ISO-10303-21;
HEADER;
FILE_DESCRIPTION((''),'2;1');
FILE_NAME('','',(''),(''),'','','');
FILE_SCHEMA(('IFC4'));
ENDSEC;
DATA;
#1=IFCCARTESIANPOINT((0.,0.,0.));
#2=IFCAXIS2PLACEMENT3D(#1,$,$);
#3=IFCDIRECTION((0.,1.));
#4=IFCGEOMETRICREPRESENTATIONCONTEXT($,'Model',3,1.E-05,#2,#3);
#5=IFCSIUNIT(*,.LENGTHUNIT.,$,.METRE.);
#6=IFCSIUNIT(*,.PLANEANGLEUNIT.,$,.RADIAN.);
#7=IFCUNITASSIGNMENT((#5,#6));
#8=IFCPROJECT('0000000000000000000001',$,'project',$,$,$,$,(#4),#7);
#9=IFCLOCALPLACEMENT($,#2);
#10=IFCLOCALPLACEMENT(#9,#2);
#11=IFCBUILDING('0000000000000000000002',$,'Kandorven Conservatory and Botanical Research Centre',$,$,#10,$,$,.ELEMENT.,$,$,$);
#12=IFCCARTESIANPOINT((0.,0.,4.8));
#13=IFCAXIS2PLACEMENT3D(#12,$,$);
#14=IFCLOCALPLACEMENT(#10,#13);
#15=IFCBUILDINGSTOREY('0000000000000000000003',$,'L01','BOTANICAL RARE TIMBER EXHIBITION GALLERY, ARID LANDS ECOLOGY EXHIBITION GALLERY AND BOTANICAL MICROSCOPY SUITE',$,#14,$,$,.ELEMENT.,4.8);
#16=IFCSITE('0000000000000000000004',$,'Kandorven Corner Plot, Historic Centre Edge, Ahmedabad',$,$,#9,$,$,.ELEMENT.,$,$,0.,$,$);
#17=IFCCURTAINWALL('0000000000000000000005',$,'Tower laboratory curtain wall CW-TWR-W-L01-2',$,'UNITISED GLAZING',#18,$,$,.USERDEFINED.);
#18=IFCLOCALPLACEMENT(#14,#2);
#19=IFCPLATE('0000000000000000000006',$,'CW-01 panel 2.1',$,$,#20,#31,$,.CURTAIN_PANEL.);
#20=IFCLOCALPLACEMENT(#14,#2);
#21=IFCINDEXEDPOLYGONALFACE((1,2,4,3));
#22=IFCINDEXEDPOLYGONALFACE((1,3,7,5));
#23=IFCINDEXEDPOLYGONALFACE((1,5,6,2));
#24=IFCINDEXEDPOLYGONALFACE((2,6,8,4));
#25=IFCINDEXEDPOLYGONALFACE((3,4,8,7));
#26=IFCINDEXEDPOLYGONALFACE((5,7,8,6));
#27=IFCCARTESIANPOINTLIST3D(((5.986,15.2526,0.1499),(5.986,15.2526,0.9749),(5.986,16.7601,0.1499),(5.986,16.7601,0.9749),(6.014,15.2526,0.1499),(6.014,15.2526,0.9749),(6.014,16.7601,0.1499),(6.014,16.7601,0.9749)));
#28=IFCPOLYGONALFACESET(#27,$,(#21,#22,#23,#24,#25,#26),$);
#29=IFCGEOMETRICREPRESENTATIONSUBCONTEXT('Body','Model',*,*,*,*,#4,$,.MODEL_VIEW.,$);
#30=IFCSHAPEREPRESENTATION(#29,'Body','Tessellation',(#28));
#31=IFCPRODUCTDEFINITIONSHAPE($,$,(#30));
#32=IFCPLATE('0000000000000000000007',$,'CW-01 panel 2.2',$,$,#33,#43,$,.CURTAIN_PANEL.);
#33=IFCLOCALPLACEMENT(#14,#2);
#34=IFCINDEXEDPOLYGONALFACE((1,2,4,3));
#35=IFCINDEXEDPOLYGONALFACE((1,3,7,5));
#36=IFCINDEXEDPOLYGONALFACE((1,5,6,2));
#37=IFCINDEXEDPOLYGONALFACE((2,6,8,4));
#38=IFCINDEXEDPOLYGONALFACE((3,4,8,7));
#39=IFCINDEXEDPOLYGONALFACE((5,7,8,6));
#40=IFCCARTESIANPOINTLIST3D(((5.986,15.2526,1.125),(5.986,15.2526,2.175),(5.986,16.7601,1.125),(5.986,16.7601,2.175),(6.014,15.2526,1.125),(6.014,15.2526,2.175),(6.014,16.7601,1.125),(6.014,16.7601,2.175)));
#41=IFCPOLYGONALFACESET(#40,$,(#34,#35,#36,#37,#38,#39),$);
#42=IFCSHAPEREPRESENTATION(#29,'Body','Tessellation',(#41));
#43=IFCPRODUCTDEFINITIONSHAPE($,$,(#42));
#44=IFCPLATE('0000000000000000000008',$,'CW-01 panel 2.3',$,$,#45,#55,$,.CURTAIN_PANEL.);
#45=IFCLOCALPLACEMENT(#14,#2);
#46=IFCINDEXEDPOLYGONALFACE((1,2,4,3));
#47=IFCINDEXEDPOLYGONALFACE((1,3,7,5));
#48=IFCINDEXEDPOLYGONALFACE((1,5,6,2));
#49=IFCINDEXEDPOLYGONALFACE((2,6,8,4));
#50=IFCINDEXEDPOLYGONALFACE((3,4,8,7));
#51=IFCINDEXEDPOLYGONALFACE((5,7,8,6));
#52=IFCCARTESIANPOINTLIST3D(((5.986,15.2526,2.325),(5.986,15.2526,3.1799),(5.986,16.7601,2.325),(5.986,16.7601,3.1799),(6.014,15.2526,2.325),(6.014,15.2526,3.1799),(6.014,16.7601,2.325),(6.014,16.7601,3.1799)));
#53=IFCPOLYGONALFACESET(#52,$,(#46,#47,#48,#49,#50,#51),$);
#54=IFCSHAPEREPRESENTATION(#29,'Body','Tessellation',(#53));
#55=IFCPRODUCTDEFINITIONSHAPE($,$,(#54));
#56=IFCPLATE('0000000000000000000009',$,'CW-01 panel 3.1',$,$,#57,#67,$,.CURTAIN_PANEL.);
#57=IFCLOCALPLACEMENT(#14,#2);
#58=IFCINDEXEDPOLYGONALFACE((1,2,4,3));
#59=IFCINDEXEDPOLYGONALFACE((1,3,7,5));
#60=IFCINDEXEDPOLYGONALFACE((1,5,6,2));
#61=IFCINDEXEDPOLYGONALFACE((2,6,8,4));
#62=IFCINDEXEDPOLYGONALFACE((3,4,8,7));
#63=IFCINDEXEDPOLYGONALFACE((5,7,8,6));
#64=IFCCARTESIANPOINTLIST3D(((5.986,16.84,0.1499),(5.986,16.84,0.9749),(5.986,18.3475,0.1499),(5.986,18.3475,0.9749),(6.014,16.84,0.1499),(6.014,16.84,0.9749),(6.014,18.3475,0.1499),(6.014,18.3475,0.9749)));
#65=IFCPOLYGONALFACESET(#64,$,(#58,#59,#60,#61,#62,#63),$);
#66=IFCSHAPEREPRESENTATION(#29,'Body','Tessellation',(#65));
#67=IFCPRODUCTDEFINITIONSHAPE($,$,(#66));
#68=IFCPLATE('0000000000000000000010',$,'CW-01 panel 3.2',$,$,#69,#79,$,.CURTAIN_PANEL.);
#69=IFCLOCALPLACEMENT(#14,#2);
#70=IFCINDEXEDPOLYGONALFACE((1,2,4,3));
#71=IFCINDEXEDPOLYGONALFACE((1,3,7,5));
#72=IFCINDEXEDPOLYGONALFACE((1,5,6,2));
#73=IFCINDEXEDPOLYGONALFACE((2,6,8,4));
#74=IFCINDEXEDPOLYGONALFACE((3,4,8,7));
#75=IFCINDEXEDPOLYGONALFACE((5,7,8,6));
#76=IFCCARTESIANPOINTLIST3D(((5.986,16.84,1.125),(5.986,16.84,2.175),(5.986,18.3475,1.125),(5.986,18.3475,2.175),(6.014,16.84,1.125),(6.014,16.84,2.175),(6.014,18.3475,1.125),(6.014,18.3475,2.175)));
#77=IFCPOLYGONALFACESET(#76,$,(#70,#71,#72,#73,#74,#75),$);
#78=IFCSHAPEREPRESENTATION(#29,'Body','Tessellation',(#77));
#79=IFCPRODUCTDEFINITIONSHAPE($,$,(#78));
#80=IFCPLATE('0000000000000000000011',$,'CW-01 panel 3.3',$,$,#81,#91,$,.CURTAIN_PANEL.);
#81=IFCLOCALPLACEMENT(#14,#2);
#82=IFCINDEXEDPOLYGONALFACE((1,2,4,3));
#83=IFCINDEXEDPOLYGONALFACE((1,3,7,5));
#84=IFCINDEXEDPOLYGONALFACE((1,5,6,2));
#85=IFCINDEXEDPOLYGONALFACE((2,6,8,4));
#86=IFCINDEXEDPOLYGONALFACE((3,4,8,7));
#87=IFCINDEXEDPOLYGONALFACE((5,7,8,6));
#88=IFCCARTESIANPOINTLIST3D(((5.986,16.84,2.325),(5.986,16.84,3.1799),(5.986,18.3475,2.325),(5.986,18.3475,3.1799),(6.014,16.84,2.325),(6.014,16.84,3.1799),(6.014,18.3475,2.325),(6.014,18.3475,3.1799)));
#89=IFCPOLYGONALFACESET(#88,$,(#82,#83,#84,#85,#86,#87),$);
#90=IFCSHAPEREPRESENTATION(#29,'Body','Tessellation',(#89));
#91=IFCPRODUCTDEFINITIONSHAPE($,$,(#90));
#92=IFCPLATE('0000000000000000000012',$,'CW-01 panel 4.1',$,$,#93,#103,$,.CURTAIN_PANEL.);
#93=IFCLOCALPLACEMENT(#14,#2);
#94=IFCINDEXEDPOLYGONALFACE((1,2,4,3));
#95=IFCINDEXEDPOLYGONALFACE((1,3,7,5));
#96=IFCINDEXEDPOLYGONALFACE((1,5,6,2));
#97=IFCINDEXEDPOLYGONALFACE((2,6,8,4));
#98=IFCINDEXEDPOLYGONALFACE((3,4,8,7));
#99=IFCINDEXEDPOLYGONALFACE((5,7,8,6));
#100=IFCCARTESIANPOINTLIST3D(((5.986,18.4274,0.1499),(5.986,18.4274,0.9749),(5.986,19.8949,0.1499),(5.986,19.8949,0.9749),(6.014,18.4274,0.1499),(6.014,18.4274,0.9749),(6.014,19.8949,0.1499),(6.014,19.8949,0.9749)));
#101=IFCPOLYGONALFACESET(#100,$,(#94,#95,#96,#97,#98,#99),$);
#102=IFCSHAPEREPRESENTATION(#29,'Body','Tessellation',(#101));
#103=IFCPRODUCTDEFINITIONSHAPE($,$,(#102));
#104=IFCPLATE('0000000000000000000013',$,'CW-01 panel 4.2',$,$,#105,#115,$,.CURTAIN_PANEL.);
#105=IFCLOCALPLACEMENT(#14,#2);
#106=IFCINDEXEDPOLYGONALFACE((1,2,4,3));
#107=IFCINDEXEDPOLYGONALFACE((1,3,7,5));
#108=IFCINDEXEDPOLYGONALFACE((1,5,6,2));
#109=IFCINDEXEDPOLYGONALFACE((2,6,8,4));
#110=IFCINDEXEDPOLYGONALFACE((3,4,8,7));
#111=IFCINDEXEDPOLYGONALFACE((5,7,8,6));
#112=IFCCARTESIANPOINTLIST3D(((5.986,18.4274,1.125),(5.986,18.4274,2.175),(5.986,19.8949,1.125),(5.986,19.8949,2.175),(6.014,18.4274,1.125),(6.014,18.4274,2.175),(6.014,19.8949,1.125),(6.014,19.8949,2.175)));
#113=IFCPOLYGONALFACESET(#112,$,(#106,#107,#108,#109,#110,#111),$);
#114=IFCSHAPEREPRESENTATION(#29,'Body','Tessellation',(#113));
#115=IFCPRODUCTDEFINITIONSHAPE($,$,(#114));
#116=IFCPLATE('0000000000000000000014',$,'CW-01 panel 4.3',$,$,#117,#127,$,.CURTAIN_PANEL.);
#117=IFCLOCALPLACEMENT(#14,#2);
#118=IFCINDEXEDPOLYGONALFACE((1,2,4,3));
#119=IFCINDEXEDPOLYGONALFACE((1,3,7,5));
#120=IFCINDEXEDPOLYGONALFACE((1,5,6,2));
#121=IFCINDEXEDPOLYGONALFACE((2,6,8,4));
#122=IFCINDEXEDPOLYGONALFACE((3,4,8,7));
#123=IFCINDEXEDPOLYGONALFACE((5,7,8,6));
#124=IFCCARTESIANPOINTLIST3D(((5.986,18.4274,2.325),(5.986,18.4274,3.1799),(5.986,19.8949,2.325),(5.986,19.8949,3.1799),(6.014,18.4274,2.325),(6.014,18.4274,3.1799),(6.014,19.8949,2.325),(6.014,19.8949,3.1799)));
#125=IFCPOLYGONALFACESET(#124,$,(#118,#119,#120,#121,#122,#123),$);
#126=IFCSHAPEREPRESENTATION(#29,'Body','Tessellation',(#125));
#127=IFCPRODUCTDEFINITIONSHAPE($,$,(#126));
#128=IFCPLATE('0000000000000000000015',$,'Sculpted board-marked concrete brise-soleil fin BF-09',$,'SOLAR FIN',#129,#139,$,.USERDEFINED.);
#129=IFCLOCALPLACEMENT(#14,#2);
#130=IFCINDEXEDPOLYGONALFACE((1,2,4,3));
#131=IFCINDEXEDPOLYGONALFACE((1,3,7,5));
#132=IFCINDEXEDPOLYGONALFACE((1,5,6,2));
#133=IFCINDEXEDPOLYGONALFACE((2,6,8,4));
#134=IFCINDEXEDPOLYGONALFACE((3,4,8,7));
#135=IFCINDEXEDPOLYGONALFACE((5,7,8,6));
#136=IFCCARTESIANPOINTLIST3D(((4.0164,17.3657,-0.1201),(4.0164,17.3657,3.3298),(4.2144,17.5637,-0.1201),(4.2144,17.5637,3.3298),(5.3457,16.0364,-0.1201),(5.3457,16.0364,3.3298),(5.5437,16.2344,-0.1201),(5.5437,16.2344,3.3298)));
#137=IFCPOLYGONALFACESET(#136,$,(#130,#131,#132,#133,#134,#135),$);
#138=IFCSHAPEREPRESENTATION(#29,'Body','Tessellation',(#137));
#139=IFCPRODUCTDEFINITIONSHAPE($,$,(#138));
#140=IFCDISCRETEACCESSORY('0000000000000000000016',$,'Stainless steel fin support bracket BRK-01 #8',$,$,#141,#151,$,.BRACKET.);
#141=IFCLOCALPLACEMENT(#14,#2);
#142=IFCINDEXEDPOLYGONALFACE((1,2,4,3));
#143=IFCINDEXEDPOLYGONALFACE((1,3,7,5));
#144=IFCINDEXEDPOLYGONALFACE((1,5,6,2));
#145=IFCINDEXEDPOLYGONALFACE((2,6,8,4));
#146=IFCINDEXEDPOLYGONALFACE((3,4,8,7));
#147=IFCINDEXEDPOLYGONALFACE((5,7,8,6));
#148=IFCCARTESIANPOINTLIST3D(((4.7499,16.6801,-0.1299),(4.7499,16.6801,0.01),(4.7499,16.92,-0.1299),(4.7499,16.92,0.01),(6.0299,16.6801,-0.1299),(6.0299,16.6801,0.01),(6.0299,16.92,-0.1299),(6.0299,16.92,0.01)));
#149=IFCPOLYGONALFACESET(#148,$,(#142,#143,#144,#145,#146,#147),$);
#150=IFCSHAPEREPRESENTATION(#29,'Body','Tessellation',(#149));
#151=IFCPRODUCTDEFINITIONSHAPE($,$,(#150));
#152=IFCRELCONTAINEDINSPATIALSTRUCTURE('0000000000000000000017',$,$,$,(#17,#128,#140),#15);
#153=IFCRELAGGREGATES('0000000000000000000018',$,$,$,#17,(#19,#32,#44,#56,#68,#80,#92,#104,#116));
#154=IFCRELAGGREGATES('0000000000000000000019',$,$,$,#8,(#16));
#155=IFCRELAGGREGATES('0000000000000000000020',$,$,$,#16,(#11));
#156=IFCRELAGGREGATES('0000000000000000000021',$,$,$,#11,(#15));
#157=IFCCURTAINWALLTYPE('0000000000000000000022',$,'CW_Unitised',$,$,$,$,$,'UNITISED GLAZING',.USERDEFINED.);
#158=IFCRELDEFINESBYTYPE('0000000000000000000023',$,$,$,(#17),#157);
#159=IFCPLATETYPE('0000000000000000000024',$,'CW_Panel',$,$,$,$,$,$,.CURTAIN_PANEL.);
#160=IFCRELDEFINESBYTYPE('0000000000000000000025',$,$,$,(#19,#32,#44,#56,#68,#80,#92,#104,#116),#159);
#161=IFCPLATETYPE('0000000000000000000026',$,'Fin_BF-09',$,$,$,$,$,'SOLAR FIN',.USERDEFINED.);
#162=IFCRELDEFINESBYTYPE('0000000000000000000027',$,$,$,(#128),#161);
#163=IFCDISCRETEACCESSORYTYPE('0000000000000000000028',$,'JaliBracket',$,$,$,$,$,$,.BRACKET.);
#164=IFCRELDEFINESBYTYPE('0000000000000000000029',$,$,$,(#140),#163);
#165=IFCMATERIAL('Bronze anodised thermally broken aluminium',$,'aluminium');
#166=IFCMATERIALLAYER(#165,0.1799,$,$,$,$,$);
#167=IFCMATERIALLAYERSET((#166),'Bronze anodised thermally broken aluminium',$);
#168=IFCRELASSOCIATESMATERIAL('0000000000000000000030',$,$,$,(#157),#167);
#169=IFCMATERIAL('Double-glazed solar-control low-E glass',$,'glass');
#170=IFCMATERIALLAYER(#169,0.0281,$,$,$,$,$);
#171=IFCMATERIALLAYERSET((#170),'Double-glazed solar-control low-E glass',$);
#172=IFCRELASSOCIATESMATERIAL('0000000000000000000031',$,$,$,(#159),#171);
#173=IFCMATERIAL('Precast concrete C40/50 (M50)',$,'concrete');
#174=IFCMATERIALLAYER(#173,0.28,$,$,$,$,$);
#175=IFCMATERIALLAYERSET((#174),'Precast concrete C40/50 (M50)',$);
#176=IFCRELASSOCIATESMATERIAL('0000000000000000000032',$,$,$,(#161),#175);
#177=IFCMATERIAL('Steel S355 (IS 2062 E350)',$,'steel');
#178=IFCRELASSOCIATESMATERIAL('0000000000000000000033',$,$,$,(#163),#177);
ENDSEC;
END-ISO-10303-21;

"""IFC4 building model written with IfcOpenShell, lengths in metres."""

from ifc_helpers import new_model, si_unit, direction, frame, origin, origin_2d, place, context, subcontext, project, spatial, rectangle, extrude, material, layer, layer_set, type_object, element, aggregate, save


model = new_model("IFC4")

# Units and contexts
model_context = context("Model", 3, precision=1e-05, world=origin(), true_north=direction((0.0, 1.0)))
body_context = subcontext(model_context, "Body", "Model", "MODEL_VIEW")
ifc_project = project(units=[si_unit("LENGTHUNIT", "METRE"), si_unit("PLANEANGLEUNIT", "RADIAN")], contexts=[model_context])

# Site, building, storey
site_placement = place(None, origin())
site = spatial("IfcSite", under=ifc_project, at=site_placement, Name="Kandorven Corner Plot, Historic Centre Edge, Ahmedabad", CompositionType="ELEMENT", RefElevation=0.0)
building_placement = place(site_placement, origin())
building = spatial("IfcBuilding", under=site, at=building_placement, Name="Kandorven Conservatory and Botanical Research Centre", CompositionType="ELEMENT")
storey_placement = place(building_placement, frame((0.0, 0.0, 4.8)))
storey = spatial("IfcBuildingStorey", under=building, at=storey_placement, Name="L01", Description="BOTANICAL RARE TIMBER EXHIBITION GALLERY, ARID LANDS ECOLOGY EXHIBITION GALLERY AND BOTANICAL MICROSCOPY SUITE", CompositionType="ELEMENT", Elevation=4.8)

# Curtain wall, plates
ifc_material_1 = material(Name="Bronze anodised thermally broken aluminium", Category="aluminium")
ifc_layer_1 = layer(ifc_material_1, 0.1799)
ifc_layer_set_1 = layer_set([ifc_layer_1], Name="Bronze anodised thermally broken aluminium")
curtain_wall_type = type_object("IfcCurtainWallType", Name="CW_Unitised", ElementType="UNITISED GLAZING", PredefinedType="USERDEFINED", material=ifc_layer_set_1)
curtain_wall_placement = place(storey_placement, origin())
curtain_wall = element("IfcCurtainWall", 1, at=curtain_wall_placement, inside=storey, type_object=curtain_wall_type, Name="Tower laboratory curtain wall CW-TWR-W-L01-2", ObjectType="UNITISED GLAZING", PredefinedType="USERDEFINED")
ifc_material_2 = material(Name="Double-glazed solar-control low-E glass", Category="glass")
ifc_layer_2 = layer(ifc_material_2, 0.0281)
ifc_layer_set_2 = layer_set([ifc_layer_2], Name="Double-glazed solar-control low-E glass")
plate_type_1 = type_object("IfcPlateType", Name="CW_Panel", PredefinedType="CURTAIN_PANEL", material=ifc_layer_set_2)
plate_1_placement = place(storey_placement, frame((6.0, 16.0063, 0.1499), z_axis=(0.0, 0.0, 1.0), x_axis=(0.0, 1.0, 0.0)))
plate_1 = element("IfcPlate", 2, at=plate_1_placement, type_object=plate_type_1, Name="CW-01 panel 2.1", PredefinedType="CURTAIN_PANEL", context=body_context, shape_type="SweptSolid", body=[
    extrude(rectangle(XDim=1.5076, YDim=0.0281, at=origin_2d()), origin(), (0.0, 0.0, 1.0), 0.825),
])
plate_2_placement = place(storey_placement, frame((6.0, 16.0063, 1.125), z_axis=(0.0, 0.0, 1.0), x_axis=(0.0, 1.0, 0.0)))
plate_2 = element("IfcPlate", 3, at=plate_2_placement, type_object=plate_type_1, Name="CW-01 panel 2.2", PredefinedType="CURTAIN_PANEL", context=body_context, shape_type="SweptSolid", body=[
    extrude(rectangle(XDim=1.5076, YDim=0.0281, at=origin_2d()), origin(), (0.0, 0.0, 1.0), 1.05),
])
plate_3_placement = place(storey_placement, frame((6.0, 16.0063, 2.325), z_axis=(0.0, 0.0, 1.0), x_axis=(0.0, 1.0, 0.0)))
plate_3 = element("IfcPlate", 4, at=plate_3_placement, type_object=plate_type_1, Name="CW-01 panel 2.3", PredefinedType="CURTAIN_PANEL", context=body_context, shape_type="SweptSolid", body=[
    extrude(rectangle(XDim=1.5076, YDim=0.0281, at=origin_2d()), origin(), (0.0, 0.0, 1.0), 0.855),
])
plate_4_placement = place(storey_placement, frame((6.0, 17.5938, 0.1499), z_axis=(0.0, 0.0, 1.0), x_axis=(0.0, 1.0, 0.0)))
plate_4 = element("IfcPlate", 5, at=plate_4_placement, type_object=plate_type_1, Name="CW-01 panel 3.1", PredefinedType="CURTAIN_PANEL", context=body_context, shape_type="SweptSolid", body=[
    extrude(rectangle(XDim=1.5076, YDim=0.0281, at=origin_2d()), origin(), (0.0, 0.0, 1.0), 0.825),
])
plate_5_placement = place(storey_placement, frame((6.0, 17.5938, 1.125), z_axis=(0.0, 0.0, 1.0), x_axis=(0.0, 1.0, 0.0)))
plate_5 = element("IfcPlate", 6, at=plate_5_placement, type_object=plate_type_1, Name="CW-01 panel 3.2", PredefinedType="CURTAIN_PANEL", context=body_context, shape_type="SweptSolid", body=[
    extrude(rectangle(XDim=1.5076, YDim=0.0281, at=origin_2d()), origin(), (0.0, 0.0, 1.0), 1.05),
])
plate_6_placement = place(storey_placement, frame((6.0, 17.5938, 2.325), z_axis=(0.0, 0.0, 1.0), x_axis=(0.0, 1.0, 0.0)))
plate_6 = element("IfcPlate", 7, at=plate_6_placement, type_object=plate_type_1, Name="CW-01 panel 3.3", PredefinedType="CURTAIN_PANEL", context=body_context, shape_type="SweptSolid", body=[
    extrude(rectangle(XDim=1.5076, YDim=0.0281, at=origin_2d()), origin(), (0.0, 0.0, 1.0), 0.855),
])
plate_7_placement = place(storey_placement, frame((6.0, 19.1611, 0.1499), z_axis=(0.0, 0.0, 1.0), x_axis=(0.0, 1.0, 0.0)))
plate_7 = element("IfcPlate", 8, at=plate_7_placement, type_object=plate_type_1, Name="CW-01 panel 4.1", PredefinedType="CURTAIN_PANEL", context=body_context, shape_type="SweptSolid", body=[
    extrude(rectangle(XDim=1.4675, YDim=0.0281, at=origin_2d()), origin(), (0.0, 0.0, 1.0), 0.825),
])
plate_8_placement = place(storey_placement, frame((6.0, 19.1611, 1.125), z_axis=(0.0, 0.0, 1.0), x_axis=(0.0, 1.0, 0.0)))
plate_8 = element("IfcPlate", 9, at=plate_8_placement, type_object=plate_type_1, Name="CW-01 panel 4.2", PredefinedType="CURTAIN_PANEL", context=body_context, shape_type="SweptSolid", body=[
    extrude(rectangle(XDim=1.4675, YDim=0.0281, at=origin_2d()), origin(), (0.0, 0.0, 1.0), 1.05),
])
plate_9_placement = place(storey_placement, frame((6.0, 19.1611, 2.325), z_axis=(0.0, 0.0, 1.0), x_axis=(0.0, 1.0, 0.0)))
plate_9 = element("IfcPlate", 10, at=plate_9_placement, type_object=plate_type_1, Name="CW-01 panel 4.3", PredefinedType="CURTAIN_PANEL", context=body_context, shape_type="SweptSolid", body=[
    extrude(rectangle(XDim=1.4675, YDim=0.0281, at=origin_2d()), origin(), (0.0, 0.0, 1.0), 0.855),
])
aggregate(curtain_wall, [plate_1, plate_2, plate_3, plate_4, plate_5, plate_6, plate_7, plate_8, plate_9])

# Plate
ifc_material_3 = material(Name="Precast concrete C40/50 (M50)", Category="concrete")
ifc_layer_3 = layer(ifc_material_3, 0.28)
ifc_layer_set_3 = layer_set([ifc_layer_3], Name="Precast concrete C40/50 (M50)")
plate_type_2 = type_object("IfcPlateType", Name="Fin_BF-09", ElementType="SOLAR FIN", PredefinedType="USERDEFINED", material=ifc_layer_set_3)
plate_10_placement = place(storey_placement, frame((4.78, 16.8, -0.1201), z_axis=(0.0, 0.0, 1.0), x_axis=(-0.707107, 0.707107, 0.0)))
element("IfcPlate", 11, at=plate_10_placement, inside=storey, type_object=plate_type_2, Name="Sculpted board-marked concrete brise-soleil fin BF-09", ObjectType="SOLAR FIN", PredefinedType="USERDEFINED", context=body_context, shape_type="SweptSolid", body=[
    extrude(rectangle(XDim=1.8799, YDim=0.28, at=origin_2d()), origin(), (0.0, 0.0, 1.0), 3.45),
])

# Discrete accessory
ifc_material_4 = material(Name="Steel S355 (IS 2062 E350)", Category="steel")
discrete_accessory_type = type_object("IfcDiscreteAccessoryType", Name="JaliBracket", PredefinedType="BRACKET", material=ifc_material_4)
discrete_accessory_placement = place(storey_placement, frame((5.3899, 16.8, -0.1299), z_axis=(0.0, 0.0, 1.0), x_axis=(1.0, 0.0, 0.0)))
element("IfcDiscreteAccessory", 12, at=discrete_accessory_placement, inside=storey, type_object=discrete_accessory_type, Name="Stainless steel fin support bracket BRK-01 #8", PredefinedType="BRACKET", context=body_context, shape_type="SweptSolid", body=[
    extrude(rectangle(XDim=1.28, YDim=0.24, at=origin_2d()), origin(), (0.0, 0.0, 1.0), 0.1399),
])

save(model, "model.ifc")
